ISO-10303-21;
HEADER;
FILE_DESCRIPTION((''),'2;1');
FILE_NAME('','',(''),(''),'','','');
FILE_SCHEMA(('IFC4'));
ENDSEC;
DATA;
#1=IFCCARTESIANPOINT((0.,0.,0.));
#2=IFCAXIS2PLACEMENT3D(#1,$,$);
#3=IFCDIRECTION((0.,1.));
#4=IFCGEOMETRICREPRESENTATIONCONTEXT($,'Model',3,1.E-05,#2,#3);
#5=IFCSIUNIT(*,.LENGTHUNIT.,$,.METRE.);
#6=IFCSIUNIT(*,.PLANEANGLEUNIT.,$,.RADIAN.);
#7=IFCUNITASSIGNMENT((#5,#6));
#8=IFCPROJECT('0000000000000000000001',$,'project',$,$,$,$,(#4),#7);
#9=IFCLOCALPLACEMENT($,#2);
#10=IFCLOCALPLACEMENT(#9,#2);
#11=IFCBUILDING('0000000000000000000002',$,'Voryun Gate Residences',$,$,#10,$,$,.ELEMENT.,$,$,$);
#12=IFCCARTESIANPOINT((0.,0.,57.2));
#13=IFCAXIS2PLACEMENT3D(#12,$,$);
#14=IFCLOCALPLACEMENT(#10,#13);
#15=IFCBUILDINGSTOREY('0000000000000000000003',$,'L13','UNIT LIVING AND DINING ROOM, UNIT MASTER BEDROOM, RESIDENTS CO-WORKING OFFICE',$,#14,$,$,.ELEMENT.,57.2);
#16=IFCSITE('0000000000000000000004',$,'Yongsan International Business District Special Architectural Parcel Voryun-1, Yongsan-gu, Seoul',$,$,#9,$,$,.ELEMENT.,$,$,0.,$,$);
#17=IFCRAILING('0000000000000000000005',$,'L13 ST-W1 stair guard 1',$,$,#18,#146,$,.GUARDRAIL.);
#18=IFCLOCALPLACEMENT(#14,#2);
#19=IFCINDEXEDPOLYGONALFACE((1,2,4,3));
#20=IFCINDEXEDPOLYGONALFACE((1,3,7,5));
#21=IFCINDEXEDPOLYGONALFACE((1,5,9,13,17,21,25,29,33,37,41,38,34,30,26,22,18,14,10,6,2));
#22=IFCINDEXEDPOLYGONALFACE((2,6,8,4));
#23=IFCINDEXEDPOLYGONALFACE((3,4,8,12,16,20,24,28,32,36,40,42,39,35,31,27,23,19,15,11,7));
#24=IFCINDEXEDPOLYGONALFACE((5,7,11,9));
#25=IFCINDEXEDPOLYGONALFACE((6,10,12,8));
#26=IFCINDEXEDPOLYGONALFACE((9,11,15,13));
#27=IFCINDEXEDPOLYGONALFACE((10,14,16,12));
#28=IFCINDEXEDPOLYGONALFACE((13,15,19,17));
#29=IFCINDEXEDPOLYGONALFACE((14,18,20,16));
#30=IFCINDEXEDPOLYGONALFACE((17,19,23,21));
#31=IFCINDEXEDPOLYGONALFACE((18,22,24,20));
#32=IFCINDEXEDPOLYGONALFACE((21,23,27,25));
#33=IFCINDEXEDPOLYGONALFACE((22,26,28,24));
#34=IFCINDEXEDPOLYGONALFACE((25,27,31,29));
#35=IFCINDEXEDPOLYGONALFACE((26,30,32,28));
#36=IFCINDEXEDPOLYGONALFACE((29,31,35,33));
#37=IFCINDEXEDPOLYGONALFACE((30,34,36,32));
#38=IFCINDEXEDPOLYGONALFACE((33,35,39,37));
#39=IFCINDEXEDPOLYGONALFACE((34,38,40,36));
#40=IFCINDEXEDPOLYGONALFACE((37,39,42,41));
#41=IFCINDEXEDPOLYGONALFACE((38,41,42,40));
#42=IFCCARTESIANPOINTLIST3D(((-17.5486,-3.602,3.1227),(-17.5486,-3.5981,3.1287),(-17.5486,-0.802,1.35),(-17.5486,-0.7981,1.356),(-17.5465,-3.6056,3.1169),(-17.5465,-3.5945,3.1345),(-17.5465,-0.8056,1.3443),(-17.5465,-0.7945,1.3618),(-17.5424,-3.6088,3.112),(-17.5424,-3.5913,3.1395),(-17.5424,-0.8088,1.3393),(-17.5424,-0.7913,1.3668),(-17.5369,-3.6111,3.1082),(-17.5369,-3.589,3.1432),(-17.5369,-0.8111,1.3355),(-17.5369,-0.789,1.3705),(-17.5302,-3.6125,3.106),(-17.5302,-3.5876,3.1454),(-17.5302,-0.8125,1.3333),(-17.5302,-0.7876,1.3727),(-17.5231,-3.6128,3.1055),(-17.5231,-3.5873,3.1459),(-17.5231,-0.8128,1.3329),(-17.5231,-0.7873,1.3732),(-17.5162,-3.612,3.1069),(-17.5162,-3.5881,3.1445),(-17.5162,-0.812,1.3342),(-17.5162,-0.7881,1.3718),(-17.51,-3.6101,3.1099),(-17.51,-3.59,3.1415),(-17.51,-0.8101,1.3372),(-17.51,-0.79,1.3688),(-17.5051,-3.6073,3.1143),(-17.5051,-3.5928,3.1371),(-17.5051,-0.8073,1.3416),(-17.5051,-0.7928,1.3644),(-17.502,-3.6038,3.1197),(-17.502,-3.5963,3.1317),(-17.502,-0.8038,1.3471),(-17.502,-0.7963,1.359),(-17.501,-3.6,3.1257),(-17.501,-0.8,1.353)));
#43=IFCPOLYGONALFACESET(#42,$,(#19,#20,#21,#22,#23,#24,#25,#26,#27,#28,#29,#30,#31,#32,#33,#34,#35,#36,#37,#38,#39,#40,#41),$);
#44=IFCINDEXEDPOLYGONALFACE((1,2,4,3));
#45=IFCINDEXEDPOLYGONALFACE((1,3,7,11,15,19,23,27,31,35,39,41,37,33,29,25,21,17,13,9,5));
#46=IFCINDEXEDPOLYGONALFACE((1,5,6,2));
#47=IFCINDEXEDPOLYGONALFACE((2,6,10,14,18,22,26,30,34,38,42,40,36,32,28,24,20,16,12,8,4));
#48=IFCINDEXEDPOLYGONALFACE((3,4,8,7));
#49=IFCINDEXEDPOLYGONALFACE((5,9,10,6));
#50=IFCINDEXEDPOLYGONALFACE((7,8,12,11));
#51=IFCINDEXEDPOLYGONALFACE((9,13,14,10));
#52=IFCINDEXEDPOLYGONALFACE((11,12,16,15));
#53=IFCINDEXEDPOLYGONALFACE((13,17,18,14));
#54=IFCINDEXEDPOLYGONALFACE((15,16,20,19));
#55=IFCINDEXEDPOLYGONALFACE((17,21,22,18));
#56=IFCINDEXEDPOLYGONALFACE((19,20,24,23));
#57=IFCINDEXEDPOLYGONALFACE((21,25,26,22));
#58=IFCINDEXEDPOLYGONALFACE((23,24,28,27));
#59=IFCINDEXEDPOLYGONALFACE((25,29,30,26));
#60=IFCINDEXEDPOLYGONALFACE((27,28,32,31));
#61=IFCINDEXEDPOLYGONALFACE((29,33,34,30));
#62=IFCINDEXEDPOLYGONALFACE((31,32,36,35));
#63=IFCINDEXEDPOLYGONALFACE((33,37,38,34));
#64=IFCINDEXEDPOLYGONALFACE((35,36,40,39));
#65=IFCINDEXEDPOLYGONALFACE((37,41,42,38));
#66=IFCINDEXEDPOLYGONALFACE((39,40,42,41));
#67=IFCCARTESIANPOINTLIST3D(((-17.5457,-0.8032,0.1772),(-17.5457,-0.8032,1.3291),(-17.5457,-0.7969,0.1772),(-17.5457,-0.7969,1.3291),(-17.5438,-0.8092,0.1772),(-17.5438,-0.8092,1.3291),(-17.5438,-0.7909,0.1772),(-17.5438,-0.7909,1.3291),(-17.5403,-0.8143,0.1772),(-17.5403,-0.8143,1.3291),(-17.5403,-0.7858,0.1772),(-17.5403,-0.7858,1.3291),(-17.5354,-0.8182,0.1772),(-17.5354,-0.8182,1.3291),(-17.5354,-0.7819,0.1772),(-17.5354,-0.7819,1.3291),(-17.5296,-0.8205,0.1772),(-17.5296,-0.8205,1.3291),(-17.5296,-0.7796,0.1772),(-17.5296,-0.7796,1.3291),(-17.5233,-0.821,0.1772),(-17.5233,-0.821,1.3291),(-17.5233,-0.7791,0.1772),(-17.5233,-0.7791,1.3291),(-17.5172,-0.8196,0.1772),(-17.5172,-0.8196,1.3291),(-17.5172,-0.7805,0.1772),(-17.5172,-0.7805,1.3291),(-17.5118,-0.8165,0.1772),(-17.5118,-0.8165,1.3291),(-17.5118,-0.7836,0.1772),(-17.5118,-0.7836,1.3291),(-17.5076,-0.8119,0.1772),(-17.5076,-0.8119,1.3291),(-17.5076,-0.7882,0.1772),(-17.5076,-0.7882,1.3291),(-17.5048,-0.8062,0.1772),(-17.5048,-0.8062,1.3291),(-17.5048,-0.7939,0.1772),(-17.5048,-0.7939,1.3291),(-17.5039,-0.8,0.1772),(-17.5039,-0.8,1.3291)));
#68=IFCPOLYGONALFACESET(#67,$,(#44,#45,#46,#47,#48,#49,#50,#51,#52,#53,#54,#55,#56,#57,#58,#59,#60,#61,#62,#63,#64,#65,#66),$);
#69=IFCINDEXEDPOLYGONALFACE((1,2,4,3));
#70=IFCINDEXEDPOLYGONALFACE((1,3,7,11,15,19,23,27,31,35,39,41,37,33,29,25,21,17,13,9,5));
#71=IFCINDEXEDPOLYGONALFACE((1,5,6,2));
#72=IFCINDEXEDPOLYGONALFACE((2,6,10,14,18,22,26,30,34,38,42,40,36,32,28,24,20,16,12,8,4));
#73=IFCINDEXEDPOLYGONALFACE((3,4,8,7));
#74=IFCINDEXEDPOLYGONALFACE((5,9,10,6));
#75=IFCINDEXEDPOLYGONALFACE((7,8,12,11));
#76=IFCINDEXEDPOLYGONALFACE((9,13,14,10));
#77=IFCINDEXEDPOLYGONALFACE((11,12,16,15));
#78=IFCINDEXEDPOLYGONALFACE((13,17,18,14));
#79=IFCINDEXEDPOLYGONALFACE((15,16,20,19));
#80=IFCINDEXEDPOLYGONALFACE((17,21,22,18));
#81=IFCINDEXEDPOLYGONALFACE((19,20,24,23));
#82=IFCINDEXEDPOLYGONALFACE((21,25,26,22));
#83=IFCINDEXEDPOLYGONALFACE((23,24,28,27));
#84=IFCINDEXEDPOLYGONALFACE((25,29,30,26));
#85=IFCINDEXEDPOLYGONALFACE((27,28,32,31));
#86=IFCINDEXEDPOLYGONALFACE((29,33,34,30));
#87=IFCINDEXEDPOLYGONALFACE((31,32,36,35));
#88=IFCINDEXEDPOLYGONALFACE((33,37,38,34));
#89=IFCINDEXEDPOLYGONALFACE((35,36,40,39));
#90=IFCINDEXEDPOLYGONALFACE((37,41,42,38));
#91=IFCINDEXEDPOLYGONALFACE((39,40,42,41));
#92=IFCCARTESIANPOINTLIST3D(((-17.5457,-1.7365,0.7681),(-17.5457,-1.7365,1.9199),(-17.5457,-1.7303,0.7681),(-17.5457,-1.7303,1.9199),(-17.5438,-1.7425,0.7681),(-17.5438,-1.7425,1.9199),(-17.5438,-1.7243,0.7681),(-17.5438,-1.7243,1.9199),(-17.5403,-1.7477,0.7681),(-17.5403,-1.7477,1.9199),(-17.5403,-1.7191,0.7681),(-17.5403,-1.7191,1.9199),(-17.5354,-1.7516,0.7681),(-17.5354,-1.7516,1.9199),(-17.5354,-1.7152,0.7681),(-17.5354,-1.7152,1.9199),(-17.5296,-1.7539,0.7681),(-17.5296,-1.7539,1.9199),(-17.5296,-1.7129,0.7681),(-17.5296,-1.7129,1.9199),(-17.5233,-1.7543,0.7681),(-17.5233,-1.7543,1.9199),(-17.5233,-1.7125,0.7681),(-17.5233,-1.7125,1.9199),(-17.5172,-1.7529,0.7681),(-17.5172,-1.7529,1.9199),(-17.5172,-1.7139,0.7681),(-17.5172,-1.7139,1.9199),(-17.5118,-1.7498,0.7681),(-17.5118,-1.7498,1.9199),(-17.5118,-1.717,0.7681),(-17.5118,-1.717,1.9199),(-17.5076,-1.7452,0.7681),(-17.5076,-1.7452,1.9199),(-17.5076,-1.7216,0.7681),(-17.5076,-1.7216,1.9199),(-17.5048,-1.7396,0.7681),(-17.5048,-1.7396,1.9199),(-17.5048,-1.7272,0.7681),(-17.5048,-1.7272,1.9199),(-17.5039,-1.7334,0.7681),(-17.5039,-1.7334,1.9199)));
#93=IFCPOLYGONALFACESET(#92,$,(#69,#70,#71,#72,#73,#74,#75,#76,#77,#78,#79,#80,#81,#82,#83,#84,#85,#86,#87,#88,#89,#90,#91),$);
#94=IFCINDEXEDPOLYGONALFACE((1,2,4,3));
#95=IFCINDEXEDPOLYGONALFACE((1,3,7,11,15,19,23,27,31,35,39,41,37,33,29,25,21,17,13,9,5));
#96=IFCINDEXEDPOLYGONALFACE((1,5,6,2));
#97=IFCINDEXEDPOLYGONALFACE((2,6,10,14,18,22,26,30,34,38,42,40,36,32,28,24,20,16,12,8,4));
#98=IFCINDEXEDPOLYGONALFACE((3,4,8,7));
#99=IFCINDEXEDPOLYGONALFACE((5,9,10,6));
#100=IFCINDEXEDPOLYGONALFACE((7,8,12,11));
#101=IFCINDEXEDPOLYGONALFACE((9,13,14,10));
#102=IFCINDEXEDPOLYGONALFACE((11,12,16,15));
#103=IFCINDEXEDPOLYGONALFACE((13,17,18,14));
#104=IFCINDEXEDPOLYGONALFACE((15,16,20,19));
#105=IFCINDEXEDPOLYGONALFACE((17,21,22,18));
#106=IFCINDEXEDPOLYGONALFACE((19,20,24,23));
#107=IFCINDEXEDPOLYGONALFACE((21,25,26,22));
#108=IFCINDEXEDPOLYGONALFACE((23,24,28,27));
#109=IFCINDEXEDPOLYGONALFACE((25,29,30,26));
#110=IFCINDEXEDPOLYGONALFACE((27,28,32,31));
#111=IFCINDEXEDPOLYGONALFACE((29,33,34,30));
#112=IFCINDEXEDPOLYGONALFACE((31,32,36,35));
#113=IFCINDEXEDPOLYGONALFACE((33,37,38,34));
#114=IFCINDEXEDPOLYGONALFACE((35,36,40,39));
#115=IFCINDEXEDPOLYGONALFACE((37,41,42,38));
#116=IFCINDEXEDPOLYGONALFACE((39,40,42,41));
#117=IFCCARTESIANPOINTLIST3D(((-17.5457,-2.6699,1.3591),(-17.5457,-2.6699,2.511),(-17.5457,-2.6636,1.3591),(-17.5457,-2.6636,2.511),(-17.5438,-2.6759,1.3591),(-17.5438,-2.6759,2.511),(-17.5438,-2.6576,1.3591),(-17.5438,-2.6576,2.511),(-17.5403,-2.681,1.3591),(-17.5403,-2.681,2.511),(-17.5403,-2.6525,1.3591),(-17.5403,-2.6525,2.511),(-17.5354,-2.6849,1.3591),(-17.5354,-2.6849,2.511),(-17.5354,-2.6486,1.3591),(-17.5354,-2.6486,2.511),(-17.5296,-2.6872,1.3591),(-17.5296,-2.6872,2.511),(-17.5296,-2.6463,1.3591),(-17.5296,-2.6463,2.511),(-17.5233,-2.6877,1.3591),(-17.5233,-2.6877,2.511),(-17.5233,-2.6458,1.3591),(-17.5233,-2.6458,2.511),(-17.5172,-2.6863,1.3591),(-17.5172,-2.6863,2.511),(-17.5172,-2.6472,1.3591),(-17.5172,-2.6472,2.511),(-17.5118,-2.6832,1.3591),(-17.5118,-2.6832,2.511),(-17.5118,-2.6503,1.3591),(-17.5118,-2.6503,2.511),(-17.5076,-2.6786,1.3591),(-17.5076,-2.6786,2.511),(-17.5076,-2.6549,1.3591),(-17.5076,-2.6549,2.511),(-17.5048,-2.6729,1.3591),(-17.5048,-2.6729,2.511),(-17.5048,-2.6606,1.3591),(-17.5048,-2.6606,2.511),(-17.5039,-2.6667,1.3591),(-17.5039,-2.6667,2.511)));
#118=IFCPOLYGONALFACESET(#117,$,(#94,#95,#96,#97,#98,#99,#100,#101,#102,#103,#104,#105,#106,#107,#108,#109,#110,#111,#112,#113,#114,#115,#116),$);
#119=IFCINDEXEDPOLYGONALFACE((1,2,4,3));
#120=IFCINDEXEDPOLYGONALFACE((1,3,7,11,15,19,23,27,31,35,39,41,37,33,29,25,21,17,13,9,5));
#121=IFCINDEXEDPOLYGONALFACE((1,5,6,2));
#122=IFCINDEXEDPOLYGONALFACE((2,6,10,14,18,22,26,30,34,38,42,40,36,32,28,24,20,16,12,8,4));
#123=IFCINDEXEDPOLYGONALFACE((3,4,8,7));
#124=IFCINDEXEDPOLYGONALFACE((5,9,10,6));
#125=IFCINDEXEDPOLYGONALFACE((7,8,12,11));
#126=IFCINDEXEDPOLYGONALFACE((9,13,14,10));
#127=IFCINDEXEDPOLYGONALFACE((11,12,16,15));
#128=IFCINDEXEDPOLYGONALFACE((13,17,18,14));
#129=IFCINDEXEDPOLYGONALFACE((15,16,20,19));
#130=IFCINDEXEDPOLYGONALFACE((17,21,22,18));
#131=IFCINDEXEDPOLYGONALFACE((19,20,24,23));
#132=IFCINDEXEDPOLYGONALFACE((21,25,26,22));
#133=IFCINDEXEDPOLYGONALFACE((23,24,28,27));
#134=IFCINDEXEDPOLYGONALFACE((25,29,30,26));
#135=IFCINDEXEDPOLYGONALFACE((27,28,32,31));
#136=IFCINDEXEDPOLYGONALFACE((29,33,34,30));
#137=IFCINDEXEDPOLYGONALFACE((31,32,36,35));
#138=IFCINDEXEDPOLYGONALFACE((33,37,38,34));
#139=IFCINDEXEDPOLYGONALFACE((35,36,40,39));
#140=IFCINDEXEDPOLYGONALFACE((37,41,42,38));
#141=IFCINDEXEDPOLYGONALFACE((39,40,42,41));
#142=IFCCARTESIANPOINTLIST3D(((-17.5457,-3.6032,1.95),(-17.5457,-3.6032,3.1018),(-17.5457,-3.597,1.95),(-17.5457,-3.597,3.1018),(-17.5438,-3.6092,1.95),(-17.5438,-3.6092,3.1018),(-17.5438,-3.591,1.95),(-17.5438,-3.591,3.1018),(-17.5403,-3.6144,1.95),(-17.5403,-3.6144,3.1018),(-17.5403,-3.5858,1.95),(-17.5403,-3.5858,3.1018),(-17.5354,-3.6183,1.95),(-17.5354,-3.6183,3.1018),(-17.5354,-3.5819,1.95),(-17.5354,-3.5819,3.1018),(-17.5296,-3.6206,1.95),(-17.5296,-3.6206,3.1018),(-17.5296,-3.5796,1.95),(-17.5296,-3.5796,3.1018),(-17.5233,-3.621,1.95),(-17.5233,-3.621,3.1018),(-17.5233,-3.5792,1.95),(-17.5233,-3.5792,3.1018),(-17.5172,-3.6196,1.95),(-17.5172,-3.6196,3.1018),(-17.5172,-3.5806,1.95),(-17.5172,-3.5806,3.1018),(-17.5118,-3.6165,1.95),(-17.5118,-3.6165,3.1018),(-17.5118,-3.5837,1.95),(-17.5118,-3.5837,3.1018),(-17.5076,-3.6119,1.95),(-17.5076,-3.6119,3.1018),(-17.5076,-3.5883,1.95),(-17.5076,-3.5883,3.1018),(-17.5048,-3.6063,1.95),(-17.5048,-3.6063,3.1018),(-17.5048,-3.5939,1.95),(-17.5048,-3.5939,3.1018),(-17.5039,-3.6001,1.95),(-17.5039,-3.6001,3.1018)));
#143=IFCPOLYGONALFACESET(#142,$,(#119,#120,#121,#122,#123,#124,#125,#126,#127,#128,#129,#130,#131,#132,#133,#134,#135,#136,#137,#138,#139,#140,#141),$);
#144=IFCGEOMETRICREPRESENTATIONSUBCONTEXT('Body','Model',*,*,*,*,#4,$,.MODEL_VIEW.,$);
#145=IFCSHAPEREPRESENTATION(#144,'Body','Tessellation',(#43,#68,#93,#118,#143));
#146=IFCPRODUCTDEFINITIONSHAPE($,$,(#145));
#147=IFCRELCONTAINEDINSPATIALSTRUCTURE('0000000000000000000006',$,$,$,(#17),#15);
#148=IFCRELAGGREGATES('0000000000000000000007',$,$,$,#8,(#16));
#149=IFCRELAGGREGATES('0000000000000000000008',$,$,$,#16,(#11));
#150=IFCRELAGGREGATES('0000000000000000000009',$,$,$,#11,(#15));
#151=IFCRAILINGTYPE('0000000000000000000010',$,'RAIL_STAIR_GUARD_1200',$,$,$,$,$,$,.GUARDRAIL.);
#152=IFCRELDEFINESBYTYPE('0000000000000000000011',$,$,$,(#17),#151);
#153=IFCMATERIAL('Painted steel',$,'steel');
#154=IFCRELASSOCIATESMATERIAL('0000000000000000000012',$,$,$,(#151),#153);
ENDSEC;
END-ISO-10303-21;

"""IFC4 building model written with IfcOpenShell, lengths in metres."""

from ifc_helpers import new_model, si_unit, direction, frame, origin, origin_2d, place, context, subcontext, project, spatial, circle, extrude, material, type_object, element, save


model = new_model("IFC4")

# Units and contexts
model_context = context("Model", 3, precision=1e-05, world=origin(), true_north=direction((0.0, 1.0)))
body_context = subcontext(model_context, "Body", "Model", "MODEL_VIEW")
ifc_project = project(units=[si_unit("LENGTHUNIT", "METRE"), si_unit("PLANEANGLEUNIT", "RADIAN")], contexts=[model_context])

# Site, building, storey
site_placement = place(None, origin())
site = spatial("IfcSite", under=ifc_project, at=site_placement, Name="Yongsan International Business District Special Architectural Parcel Voryun-1, Yongsan-gu, Seoul", CompositionType="ELEMENT", RefElevation=0.0)
building_placement = place(site_placement, origin())
building = spatial("IfcBuilding", under=site, at=building_placement, Name="Voryun Gate Residences", CompositionType="ELEMENT")
storey_placement = place(building_placement, frame((0.0, 0.0, 57.2)))
storey = spatial("IfcBuildingStorey", under=building, at=storey_placement, Name="L13", Description="UNIT LIVING AND DINING ROOM, UNIT MASTER BEDROOM, RESIDENTS CO-WORKING OFFICE", CompositionType="ELEMENT", Elevation=57.2)

# Railing
ifc_material_1 = material(Name="Painted steel", Category="steel")
railing_type_1 = type_object("IfcRailingType", Name="RAIL_STAIR_GUARD_1200", PredefinedType="GUARDRAIL", material=ifc_material_1)
railing_1_placement = place(storey_placement, frame((-17.5249, -0.8, 0.1772)))
element("IfcRailing", 1, at=railing_1_placement, inside=storey, type_object=railing_type_1, Name="L13 ST-W1 stair guard 1", PredefinedType="GUARDRAIL", context=body_context, shape_type="SweptSolid", body=[
    extrude(circle(Radius=0.0239, at=origin_2d()), frame((0.0, 0.0, 1.1758), z_axis=(0.0, -0.844909, 0.53491), x_axis=(1.0, 0.0, 0.0)), (0.0, 0.0, 1.0), 3.314),
    extrude(circle(Radius=0.021, at=origin_2d()), origin(), (0.0, 0.0, 1.0), 1.1519),
    extrude(circle(Radius=0.021, at=origin_2d()), frame((0.0, -0.9333, 0.5908)), (0.0, 0.0, 1.0), 1.1519),
    extrude(circle(Radius=0.021, at=origin_2d()), frame((0.0, -1.8667, 1.1819)), (0.0, 0.0, 1.0), 1.1519),
    extrude(circle(Radius=0.021, at=origin_2d()), frame((0.0, -2.8, 1.7727)), (0.0, 0.0, 1.0), 1.1519),
])

save(model, "model.ifc")
